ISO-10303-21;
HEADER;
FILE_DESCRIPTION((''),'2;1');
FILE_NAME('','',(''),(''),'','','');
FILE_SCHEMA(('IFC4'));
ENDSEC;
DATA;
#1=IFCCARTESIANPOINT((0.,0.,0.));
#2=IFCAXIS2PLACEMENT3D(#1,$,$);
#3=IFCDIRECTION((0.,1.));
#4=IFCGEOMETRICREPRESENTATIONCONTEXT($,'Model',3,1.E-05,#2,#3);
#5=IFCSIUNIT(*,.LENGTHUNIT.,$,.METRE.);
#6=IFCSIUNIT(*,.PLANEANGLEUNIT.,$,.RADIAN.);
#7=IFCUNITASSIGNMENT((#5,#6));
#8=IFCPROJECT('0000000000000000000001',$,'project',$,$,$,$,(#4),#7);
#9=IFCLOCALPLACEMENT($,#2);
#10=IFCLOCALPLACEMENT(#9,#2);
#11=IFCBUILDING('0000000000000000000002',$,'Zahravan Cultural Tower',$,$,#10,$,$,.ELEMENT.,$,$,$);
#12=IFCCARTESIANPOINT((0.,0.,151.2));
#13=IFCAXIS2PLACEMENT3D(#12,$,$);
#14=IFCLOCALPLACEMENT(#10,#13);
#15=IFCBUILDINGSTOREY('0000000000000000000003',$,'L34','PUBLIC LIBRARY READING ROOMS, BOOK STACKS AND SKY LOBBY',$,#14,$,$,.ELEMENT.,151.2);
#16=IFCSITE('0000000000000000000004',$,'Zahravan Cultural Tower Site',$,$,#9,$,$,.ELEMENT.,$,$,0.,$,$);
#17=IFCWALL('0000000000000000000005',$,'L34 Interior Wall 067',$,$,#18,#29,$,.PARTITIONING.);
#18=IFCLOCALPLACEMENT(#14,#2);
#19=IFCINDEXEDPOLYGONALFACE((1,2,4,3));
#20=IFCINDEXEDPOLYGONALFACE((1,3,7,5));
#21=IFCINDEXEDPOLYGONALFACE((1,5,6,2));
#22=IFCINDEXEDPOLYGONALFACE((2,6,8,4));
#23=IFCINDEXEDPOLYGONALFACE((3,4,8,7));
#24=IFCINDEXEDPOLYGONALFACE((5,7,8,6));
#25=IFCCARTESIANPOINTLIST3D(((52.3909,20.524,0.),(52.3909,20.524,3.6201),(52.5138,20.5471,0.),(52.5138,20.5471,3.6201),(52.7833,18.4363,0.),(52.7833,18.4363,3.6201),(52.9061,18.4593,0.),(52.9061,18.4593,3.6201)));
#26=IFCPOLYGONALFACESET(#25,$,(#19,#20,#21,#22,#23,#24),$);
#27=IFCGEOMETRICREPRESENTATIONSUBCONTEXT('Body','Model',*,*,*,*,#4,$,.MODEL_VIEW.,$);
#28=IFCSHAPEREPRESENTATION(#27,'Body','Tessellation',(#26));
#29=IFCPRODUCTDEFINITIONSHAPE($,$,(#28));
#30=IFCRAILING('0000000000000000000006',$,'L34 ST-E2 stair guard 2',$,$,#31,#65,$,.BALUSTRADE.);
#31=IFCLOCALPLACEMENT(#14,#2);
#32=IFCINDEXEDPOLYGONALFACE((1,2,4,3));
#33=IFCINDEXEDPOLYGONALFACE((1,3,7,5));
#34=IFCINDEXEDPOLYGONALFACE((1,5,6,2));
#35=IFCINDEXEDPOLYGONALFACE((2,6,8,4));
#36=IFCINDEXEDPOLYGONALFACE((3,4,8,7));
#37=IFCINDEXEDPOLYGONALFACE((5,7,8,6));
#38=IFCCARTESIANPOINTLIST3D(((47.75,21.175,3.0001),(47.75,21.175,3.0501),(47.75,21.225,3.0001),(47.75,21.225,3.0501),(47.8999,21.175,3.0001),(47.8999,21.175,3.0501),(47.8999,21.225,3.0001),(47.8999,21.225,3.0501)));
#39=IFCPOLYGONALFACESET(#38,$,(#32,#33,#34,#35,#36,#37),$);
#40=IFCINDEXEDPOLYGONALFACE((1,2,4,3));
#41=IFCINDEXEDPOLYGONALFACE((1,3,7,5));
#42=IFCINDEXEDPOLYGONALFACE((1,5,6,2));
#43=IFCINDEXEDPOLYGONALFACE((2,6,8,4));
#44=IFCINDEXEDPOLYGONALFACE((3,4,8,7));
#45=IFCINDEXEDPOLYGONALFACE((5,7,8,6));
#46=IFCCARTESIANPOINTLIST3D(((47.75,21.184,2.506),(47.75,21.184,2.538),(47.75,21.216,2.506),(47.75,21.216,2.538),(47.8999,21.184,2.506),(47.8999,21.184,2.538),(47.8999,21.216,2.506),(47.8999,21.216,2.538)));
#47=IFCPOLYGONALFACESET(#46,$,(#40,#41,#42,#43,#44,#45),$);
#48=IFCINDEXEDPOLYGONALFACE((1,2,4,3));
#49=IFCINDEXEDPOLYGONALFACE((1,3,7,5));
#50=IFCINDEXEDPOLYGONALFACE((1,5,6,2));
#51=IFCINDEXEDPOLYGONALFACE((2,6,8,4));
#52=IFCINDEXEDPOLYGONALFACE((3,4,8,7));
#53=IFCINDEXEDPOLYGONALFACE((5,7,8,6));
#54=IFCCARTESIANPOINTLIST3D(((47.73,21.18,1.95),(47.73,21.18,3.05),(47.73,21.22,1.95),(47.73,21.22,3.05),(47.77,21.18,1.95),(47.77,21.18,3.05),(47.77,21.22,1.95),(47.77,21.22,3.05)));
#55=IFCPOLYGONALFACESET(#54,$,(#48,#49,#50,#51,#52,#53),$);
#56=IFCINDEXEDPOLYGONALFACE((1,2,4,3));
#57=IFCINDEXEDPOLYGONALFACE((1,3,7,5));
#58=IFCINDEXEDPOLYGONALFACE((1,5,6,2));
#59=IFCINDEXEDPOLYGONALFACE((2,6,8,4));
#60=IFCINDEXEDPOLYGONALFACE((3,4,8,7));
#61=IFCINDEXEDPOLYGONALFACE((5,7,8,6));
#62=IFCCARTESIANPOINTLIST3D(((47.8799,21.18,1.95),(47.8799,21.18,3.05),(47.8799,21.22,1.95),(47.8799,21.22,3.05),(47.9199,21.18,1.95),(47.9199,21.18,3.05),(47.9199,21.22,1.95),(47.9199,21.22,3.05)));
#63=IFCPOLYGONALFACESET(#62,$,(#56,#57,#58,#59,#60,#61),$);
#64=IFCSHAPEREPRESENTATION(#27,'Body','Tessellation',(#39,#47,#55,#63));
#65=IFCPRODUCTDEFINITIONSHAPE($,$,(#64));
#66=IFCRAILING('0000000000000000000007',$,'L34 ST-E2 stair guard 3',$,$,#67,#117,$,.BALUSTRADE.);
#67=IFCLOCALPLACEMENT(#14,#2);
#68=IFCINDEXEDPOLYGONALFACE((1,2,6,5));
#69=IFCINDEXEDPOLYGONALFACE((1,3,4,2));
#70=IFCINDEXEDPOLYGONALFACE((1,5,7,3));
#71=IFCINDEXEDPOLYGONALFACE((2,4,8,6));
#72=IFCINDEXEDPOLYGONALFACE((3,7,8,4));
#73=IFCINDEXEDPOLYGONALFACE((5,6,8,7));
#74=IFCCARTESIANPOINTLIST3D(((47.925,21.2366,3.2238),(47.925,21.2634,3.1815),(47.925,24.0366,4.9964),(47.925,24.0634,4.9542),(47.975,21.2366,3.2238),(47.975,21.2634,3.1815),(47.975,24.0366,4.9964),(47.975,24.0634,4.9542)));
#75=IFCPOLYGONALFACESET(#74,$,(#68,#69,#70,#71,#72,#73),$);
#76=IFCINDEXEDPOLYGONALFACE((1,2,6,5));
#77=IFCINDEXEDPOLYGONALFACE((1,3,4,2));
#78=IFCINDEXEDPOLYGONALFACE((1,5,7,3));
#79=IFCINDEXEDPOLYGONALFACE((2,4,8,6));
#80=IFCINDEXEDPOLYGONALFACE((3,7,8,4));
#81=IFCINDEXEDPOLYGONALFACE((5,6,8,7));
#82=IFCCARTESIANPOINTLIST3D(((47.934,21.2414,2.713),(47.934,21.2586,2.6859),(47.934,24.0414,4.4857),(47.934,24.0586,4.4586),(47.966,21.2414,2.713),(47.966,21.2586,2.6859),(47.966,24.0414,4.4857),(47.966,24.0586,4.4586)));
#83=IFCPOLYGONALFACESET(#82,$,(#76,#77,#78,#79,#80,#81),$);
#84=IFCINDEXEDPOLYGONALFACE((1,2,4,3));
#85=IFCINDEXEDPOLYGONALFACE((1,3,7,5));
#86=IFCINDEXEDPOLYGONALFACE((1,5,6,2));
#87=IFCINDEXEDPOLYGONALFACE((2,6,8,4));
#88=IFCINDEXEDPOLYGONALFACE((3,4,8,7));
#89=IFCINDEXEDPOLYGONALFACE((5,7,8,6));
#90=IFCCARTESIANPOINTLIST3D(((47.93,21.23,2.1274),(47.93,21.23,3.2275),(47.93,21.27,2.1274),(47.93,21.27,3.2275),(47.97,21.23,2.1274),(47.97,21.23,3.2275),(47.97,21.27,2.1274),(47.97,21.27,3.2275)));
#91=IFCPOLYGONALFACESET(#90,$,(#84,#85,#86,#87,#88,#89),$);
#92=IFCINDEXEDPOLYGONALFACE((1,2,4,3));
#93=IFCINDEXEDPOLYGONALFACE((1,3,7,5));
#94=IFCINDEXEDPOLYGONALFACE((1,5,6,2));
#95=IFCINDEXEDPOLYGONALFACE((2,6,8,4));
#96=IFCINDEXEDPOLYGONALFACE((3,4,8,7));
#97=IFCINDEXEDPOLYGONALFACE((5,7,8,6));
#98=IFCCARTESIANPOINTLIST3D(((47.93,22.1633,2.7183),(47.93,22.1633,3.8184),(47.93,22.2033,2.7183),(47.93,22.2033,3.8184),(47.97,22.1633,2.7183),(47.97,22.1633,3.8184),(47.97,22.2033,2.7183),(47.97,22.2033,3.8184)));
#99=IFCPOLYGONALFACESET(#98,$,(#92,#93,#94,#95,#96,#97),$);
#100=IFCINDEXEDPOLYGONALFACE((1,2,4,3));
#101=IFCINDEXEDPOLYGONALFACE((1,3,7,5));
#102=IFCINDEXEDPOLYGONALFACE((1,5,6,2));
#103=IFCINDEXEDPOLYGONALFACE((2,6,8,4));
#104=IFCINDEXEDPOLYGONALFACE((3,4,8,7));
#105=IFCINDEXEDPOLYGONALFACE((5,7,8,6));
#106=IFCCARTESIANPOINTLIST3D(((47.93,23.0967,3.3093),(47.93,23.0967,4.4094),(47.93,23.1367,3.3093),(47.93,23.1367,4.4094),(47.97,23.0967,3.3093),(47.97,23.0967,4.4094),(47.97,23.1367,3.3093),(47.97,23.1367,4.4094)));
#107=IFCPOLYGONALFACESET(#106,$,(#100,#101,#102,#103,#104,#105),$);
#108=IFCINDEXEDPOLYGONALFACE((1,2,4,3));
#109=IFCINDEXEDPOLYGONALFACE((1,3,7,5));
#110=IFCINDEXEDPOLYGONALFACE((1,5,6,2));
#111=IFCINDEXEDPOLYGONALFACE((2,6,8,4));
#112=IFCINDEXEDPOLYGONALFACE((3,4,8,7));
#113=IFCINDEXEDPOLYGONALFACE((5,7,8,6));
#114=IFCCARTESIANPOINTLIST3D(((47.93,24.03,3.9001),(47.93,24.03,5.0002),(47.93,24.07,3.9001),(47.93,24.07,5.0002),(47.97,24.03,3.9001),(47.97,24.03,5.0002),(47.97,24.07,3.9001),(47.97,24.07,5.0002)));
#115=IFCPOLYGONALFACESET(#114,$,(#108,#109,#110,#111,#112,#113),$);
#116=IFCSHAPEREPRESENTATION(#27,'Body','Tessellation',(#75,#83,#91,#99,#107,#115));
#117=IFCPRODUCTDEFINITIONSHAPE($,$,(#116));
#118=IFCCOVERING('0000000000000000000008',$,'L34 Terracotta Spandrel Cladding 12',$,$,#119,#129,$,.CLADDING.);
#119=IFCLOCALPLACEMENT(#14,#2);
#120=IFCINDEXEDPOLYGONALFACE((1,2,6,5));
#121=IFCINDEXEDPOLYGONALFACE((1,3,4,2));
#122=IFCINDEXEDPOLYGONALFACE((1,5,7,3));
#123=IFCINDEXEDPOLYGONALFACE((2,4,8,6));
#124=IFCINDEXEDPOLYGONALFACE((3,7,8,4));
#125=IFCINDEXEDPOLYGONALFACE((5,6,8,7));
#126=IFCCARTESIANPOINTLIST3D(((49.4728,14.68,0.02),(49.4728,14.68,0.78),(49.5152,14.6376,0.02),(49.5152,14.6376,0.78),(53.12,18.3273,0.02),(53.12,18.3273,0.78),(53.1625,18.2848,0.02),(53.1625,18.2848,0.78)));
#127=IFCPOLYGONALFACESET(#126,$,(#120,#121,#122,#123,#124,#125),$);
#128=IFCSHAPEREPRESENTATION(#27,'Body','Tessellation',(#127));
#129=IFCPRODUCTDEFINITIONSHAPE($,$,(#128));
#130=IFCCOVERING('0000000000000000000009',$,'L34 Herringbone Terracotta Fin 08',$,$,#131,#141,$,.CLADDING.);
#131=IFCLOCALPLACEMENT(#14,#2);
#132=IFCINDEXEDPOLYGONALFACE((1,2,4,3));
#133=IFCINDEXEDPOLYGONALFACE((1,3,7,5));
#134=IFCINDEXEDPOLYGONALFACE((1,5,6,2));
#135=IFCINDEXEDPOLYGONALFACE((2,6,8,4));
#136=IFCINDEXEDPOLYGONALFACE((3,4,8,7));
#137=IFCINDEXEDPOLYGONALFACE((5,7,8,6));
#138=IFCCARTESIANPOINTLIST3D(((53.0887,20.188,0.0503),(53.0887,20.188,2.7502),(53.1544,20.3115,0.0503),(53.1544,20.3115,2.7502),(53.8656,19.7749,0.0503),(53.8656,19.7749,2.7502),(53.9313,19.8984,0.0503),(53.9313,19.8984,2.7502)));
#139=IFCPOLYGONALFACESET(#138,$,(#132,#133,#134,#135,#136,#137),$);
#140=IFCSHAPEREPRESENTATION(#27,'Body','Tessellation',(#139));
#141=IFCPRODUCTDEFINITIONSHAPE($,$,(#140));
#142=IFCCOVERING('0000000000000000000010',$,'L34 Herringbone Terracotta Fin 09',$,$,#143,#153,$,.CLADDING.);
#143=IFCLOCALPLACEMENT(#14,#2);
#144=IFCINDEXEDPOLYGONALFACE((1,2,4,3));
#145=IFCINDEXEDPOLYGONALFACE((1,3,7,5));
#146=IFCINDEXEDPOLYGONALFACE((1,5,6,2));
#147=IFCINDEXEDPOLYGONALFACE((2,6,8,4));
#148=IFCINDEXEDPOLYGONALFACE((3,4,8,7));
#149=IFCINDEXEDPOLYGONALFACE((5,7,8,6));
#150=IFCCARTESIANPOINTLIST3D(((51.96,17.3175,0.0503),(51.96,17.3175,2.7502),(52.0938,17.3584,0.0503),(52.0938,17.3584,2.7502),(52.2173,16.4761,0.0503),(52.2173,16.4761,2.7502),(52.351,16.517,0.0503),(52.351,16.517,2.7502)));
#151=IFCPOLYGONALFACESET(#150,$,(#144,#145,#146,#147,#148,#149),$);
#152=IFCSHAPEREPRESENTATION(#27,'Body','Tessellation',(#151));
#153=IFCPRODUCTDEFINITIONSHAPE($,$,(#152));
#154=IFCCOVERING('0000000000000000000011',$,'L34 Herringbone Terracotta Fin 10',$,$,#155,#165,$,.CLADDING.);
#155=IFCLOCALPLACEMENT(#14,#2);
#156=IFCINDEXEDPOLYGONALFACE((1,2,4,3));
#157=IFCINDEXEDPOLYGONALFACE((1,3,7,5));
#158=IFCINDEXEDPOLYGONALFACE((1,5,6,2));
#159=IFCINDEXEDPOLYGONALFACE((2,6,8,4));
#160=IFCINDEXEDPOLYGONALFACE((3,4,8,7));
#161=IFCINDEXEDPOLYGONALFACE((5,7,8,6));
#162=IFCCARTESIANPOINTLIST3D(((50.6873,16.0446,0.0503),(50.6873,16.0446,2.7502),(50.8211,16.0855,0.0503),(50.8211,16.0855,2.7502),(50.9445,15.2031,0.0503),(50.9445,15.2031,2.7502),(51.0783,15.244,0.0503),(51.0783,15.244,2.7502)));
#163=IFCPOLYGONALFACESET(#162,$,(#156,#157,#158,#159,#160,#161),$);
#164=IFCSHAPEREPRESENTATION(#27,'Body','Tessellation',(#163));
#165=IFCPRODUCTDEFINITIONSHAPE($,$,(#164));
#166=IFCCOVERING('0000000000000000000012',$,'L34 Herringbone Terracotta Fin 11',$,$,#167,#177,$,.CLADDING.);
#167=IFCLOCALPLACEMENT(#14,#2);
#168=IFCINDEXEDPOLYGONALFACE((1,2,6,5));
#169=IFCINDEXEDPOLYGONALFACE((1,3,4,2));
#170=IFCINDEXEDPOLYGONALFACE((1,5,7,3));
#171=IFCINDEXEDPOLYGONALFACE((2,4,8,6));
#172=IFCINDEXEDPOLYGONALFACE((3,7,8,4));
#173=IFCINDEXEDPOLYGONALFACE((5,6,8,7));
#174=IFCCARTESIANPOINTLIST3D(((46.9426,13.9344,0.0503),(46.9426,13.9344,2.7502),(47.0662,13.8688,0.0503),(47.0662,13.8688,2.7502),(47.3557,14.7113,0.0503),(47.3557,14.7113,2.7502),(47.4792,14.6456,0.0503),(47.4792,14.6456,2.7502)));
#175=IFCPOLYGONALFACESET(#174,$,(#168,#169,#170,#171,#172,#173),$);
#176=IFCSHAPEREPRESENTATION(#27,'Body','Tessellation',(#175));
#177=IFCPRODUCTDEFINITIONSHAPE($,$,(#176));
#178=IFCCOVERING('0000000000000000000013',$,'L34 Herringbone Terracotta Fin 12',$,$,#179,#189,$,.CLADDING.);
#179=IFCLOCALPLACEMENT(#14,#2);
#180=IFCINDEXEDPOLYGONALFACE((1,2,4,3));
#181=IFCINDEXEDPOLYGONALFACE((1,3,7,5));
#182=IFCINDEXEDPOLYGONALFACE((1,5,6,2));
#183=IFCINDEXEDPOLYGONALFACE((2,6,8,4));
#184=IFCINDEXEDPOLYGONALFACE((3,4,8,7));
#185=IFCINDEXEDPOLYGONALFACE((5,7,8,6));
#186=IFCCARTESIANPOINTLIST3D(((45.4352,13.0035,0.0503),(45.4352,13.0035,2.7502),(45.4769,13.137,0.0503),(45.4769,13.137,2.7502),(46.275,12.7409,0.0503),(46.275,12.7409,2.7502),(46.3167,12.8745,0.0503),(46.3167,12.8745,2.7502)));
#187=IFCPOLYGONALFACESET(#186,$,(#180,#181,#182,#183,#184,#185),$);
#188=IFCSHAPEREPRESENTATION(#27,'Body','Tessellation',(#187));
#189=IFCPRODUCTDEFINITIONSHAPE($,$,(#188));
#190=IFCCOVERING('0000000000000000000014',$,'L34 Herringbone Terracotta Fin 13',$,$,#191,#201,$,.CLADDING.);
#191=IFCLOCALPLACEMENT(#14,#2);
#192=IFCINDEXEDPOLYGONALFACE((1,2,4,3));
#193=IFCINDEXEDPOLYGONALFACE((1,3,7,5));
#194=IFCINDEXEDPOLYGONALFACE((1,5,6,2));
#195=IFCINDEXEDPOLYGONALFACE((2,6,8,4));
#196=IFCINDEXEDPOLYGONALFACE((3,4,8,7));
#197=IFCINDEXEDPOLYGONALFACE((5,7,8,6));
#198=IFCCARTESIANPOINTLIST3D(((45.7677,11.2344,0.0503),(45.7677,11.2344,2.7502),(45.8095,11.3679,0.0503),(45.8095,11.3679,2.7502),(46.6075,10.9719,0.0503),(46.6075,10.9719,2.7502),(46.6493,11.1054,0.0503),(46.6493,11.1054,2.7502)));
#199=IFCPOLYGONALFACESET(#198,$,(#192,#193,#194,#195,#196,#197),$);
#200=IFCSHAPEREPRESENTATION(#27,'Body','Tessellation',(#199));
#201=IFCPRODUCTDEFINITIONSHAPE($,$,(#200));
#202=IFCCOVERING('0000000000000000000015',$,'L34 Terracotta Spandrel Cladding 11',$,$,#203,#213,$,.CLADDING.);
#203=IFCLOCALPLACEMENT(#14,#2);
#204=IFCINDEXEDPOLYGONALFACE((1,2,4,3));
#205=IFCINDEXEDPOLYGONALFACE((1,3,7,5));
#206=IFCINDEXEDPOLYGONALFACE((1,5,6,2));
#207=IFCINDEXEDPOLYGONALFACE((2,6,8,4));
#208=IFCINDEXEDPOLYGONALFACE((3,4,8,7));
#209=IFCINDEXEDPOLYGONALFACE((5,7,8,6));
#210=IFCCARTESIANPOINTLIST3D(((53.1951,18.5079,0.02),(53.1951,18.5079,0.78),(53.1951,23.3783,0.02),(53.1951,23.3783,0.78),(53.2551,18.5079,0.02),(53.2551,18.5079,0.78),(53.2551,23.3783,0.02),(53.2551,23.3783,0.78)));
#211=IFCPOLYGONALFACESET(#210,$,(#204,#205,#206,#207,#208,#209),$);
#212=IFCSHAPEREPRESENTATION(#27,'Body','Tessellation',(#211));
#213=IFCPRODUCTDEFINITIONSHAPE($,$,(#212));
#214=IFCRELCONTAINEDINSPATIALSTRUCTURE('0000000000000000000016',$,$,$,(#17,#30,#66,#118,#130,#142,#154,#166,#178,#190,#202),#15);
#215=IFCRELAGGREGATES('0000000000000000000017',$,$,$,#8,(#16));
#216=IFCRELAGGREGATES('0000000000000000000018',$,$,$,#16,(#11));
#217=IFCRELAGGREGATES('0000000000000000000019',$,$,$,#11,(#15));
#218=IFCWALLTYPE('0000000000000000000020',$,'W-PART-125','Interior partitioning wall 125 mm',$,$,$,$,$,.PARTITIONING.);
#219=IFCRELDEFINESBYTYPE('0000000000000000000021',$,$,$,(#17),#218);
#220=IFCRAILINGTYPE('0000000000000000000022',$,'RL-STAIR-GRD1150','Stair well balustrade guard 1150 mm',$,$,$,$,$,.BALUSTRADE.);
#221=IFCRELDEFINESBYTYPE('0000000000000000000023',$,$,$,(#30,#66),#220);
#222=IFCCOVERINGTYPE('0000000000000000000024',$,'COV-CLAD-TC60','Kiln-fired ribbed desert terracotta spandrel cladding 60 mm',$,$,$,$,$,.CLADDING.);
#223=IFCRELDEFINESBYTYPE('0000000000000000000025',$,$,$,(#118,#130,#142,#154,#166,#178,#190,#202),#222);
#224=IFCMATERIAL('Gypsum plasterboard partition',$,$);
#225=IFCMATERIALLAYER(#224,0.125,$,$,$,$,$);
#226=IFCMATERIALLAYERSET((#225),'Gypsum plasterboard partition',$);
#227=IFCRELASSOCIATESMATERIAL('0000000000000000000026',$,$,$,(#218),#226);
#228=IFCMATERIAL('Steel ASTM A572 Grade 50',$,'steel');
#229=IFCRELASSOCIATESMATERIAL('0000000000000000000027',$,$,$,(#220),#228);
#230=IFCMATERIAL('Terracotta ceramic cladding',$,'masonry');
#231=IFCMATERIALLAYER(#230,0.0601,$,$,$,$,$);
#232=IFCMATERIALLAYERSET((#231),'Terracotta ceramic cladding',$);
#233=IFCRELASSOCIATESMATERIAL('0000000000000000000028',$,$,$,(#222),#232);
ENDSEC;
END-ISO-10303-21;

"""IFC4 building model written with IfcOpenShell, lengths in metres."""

from ifc_helpers import new_model, si_unit, direction, frame, frame_2d, origin, origin_2d, place, context, subcontext, project, spatial, rectangle, extrude, source, transform, mapped, material, layer, layer_set, type_object, element, save


model = new_model("IFC4")

# Units and contexts
model_context = context("Model", 3, precision=1e-05, world=origin(), true_north=direction((0.0, 1.0)))
body_context = subcontext(model_context, "Body", "Model", "MODEL_VIEW")
ifc_project = project(units=[si_unit("LENGTHUNIT", "METRE"), si_unit("PLANEANGLEUNIT", "RADIAN")], contexts=[model_context])

# Site, building, storey
site_placement = place(None, origin())
site = spatial("IfcSite", under=ifc_project, at=site_placement, Name="Zahravan Cultural Tower Site", CompositionType="ELEMENT", RefElevation=0.0)
building_placement = place(site_placement, origin())
building = spatial("IfcBuilding", under=site, at=building_placement, Name="Zahravan Cultural Tower", CompositionType="ELEMENT")
storey_placement = place(building_placement, frame((0.0, 0.0, 151.2)))
storey = spatial("IfcBuildingStorey", under=building, at=storey_placement, Name="L34", Description="PUBLIC LIBRARY READING ROOMS, BOOK STACKS AND SKY LOBBY", CompositionType="ELEMENT", Elevation=151.2)

# Shared definitions
ifc_material_1 = material(Name="Gypsum plasterboard partition")
ifc_layer_1 = layer(ifc_material_1, 0.125)
ifc_layer_set_1 = layer_set([ifc_layer_1], Name="Gypsum plasterboard partition")
wall_type_1 = type_object("IfcWallType", Name="W-PART-125", Description="Interior partitioning wall 125 mm", PredefinedType="PARTITIONING", material=ifc_layer_set_1)
ifc_material_2 = material(Name="Steel ASTM A572 Grade 50", Category="steel")

# Wall
shared_shape_1 = source(origin(), body_context, "Body", "SweptSolid", [
    extrude(rectangle(XDim=2.1243, YDim=0.125, at=frame_2d((1.062, 0.0))), origin(), (0.0, 0.0, 1.0), 3.6201),
])
wall_1_placement = place(storey_placement, frame((52.4524, 20.5354, 0.0), z_axis=(0.0, 0.0, 1.0), x_axis=(0.184698, -0.982795, 0.0)))
element("IfcWall", 1, at=wall_1_placement, inside=storey, type_object=wall_type_1, Name="L34 Interior Wall 067", PredefinedType="PARTITIONING", context=body_context, shape_type="MappedRepresentation", body=[
    mapped(shared_shape_1, transform((0.0, 0.0, 0.0), x_axis=(1.0, 0.0, 0.0), y_axis=(0.0, 1.0, 0.0), z_axis=(0.0, 0.0, 1.0), scale=1.0)),
])

# Railings
railing_type = type_object("IfcRailingType", Name="RL-STAIR-GRD1150", Description="Stair well balustrade guard 1150 mm", PredefinedType="BALUSTRADE", material=ifc_material_2)
railing_1_placement = place(storey_placement, frame((47.75, 21.2, 1.95)))
element("IfcRailing", 2, at=railing_1_placement, inside=storey, type_object=railing_type, Name="L34 ST-E2 stair guard 2", PredefinedType="BALUSTRADE", context=body_context, shape_type="SweptSolid", body=[
    extrude(rectangle(XDim=0.05, YDim=0.05, at=origin_2d()), frame((0.0, 0.0, 1.0752), z_axis=(1.0, 0.0, 0.0), x_axis=(0.0, 1.0, 0.0)), (0.0, 0.0, 1.0), 0.1499),
    extrude(rectangle(XDim=0.032, YDim=0.032, at=origin_2d()), frame((0.0, 0.0, 0.572), z_axis=(1.0, 0.0, 0.0), x_axis=(0.0, 1.0, 0.0)), (0.0, 0.0, 1.0), 0.1499),
    extrude(rectangle(XDim=0.04, YDim=0.04, at=origin_2d()), origin(), (0.0, 0.0, 1.0), 1.1001),
    extrude(rectangle(XDim=0.04, YDim=0.04, at=origin_2d()), frame((0.1499, 0.0, 0.0)), (0.0, 0.0, 1.0), 1.1001),
])
railing_2_placement = place(storey_placement, frame((47.95, 21.25, 2.1274)))
element("IfcRailing", 3, at=railing_2_placement, inside=storey, type_object=railing_type, Name="L34 ST-E2 stair guard 3", PredefinedType="BALUSTRADE", context=body_context, shape_type="SweptSolid", body=[
    extrude(rectangle(XDim=0.05, YDim=0.05, at=origin_2d()), frame((0.0, 0.0, 1.0752), z_axis=(0.0, 0.844909, 0.53491), x_axis=(-1.0, 0.0, 0.0)), (0.0, 0.0, 1.0), 3.314),
    extrude(rectangle(XDim=0.032, YDim=0.032, at=origin_2d()), frame((0.0, 0.0, 0.572), z_axis=(0.0, 0.844909, 0.53491), x_axis=(-1.0, 0.0, 0.0)), (0.0, 0.0, 1.0), 3.314),
    extrude(rectangle(XDim=0.04, YDim=0.04, at=origin_2d()), origin(), (0.0, 0.0, 1.0), 1.1001),
    extrude(rectangle(XDim=0.04, YDim=0.04, at=origin_2d()), frame((0.0, 0.9333, 0.5908)), (0.0, 0.0, 1.0), 1.1001),
    extrude(rectangle(XDim=0.04, YDim=0.04, at=origin_2d()), frame((0.0, 1.8667, 1.1819)), (0.0, 0.0, 1.0), 1.1001),
    extrude(rectangle(XDim=0.04, YDim=0.04, at=origin_2d()), frame((0.0, 2.8, 1.7727)), (0.0, 0.0, 1.0), 1.1001),
])

# Coverings
ifc_material_3 = material(Name="Terracotta ceramic cladding", Category="masonry")
ifc_layer_2 = layer(ifc_material_3, 0.0601)
ifc_layer_set_2 = layer_set([ifc_layer_2], Name="Terracotta ceramic cladding")
covering_type = type_object("IfcCoveringType", Name="COV-CLAD-TC60", Description="Kiln-fired ribbed desert terracotta spandrel cladding 60 mm", PredefinedType="CLADDING", material=ifc_layer_set_2)
shared_shape_2 = source(origin(), body_context, "Body", "SweptSolid", [
    extrude(rectangle(XDim=5.158, YDim=0.0601, at=origin_2d()), origin(), (0.0, 0.0, 1.0), 0.76),
])
covering_1_placement = place(storey_placement, frame((51.3176, 16.4824, 0.02), z_axis=(0.0, 0.0, 1.0), x_axis=(-0.707107, -0.707107, 0.0)))
element("IfcCovering", 4, at=covering_1_placement, inside=storey, type_object=covering_type, Name="L34 Terracotta Spandrel Cladding 12", PredefinedType="CLADDING", context=body_context, shape_type="MappedRepresentation", body=[
    mapped(shared_shape_2, transform((0.0, 0.0, 0.0), x_axis=(1.0, 0.0, 0.0), y_axis=(0.0, 1.0, 0.0), z_axis=(0.0, 0.0, 1.0), scale=1.0)),
])
shared_shape_3 = source(origin(), body_context, "Body", "SweptSolid", [
    extrude(rectangle(XDim=0.8799, YDim=0.1399, at=origin_2d()), origin(), (0.0, 0.0, 1.0), 2.7),
])
for number, where, z_axis, x_axis, name in (
    (5, (53.51, 20.0432, 0.0503), (0.0, 0.0, 1.0), (0.882948, -0.469472, 0.0), "L34 Herringbone Terracotta Fin 08"),
    (6, (52.1555, 16.9172, 0.0503), (0.0, 0.0, 1.0), (0.292372, -0.956305, 0.0), "L34 Herringbone Terracotta Fin 09"),
    (7, (50.8828, 15.6443, 0.0503), (0.0, 0.0, 1.0), (0.292372, -0.956305, 0.0), "L34 Herringbone Terracotta Fin 10"),
    (8, (47.2109, 14.29, 0.0503), (0.0, 0.0, 1.0), (-0.469472, -0.882948, 0.0), "L34 Herringbone Terracotta Fin 11"),
    (9, (45.876, 12.939, 0.0503), (0.0, 0.0, 1.0), (0.954454, -0.298358, 0.0), "L34 Herringbone Terracotta Fin 12"),
    (10, (46.2085, 11.1699, 0.0503), (0.0, 0.0, 1.0), (0.954454, -0.298358, 0.0), "L34 Herringbone Terracotta Fin 13"),
):
    element("IfcCovering", number, at=place(storey_placement, frame(where, z_axis=z_axis, x_axis=x_axis)), inside=storey, type_object=covering_type, Name=name, PredefinedType="CLADDING", context=body_context, shape_type="MappedRepresentation", body=[
        mapped(shared_shape_3, transform((0.0, 0.0, 0.0), x_axis=(1.0, 0.0, 0.0), y_axis=(0.0, 1.0, 0.0), z_axis=(0.0, 0.0, 1.0), scale=1.0)),
    ])
shared_shape_4 = source(origin(), body_context, "Body", "SweptSolid", [
    extrude(rectangle(XDim=4.8704, YDim=0.0601, at=origin_2d()), origin(), (0.0, 0.0, 1.0), 0.76),
])
covering_2_placement = place(storey_placement, frame((53.2251, 20.9431, 0.02), z_axis=(0.0, 0.0, 1.0), x_axis=(0.0, -1.0, 0.0)))
element("IfcCovering", 11, at=covering_2_placement, inside=storey, type_object=covering_type, Name="L34 Terracotta Spandrel Cladding 11", PredefinedType="CLADDING", context=body_context, shape_type="MappedRepresentation", body=[
    mapped(shared_shape_4, transform((0.0, 0.0, 0.0), x_axis=(1.0, 0.0, 0.0), y_axis=(0.0, 1.0, 0.0), z_axis=(0.0, 0.0, 1.0), scale=1.0)),
])

save(model, "model.ifc")
